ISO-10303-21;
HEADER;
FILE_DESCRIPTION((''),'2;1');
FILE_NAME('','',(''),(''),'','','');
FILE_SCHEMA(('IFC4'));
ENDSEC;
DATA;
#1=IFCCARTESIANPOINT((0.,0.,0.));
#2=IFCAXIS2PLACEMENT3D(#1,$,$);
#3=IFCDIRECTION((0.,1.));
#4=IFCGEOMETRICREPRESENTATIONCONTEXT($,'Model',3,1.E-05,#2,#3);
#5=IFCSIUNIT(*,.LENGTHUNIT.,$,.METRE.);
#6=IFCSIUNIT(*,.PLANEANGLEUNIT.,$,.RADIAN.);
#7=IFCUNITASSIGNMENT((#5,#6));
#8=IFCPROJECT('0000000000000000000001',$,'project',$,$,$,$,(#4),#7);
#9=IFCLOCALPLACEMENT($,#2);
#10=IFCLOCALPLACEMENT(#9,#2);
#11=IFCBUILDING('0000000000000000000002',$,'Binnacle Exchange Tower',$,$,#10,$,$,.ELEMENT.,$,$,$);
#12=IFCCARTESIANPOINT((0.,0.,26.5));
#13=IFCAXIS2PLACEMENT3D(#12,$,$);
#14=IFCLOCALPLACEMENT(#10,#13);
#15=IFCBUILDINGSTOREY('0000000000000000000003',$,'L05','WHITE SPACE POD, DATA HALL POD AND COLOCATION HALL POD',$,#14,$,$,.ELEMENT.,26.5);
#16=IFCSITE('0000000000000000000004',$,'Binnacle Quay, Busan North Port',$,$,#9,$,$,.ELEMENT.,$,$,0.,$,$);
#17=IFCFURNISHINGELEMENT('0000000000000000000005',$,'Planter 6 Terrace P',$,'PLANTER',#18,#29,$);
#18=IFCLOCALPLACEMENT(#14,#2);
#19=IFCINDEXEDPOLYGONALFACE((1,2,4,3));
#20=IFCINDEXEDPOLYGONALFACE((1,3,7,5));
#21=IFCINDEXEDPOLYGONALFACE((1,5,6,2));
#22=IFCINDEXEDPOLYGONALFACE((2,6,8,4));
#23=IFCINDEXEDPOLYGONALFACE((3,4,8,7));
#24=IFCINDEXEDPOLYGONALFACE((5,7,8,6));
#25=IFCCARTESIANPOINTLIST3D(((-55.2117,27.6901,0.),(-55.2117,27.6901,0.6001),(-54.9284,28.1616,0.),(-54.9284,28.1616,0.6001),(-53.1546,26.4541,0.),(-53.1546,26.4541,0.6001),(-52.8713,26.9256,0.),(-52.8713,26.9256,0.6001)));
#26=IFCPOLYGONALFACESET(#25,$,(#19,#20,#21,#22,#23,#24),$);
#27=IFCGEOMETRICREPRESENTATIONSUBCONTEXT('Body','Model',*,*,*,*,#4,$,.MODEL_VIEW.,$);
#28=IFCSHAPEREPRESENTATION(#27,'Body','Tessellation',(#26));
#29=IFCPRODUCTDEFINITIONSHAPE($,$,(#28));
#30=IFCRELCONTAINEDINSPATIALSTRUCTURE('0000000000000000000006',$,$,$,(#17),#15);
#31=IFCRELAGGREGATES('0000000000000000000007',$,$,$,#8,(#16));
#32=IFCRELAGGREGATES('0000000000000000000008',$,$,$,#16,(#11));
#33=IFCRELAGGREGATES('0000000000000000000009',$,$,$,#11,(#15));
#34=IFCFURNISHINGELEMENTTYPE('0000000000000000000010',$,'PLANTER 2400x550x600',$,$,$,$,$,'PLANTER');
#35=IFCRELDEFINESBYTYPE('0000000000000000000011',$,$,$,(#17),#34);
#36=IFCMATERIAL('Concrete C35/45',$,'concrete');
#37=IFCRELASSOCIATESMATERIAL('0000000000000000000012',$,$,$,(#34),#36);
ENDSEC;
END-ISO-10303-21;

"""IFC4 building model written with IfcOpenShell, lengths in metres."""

from ifc_helpers import new_model, si_unit, direction, frame, origin, origin_2d, place, context, subcontext, project, spatial, rectangle, extrude, material, type_object, element, save


model = new_model("IFC4")

# Units and contexts
model_context = context("Model", 3, precision=1e-05, world=origin(), true_north=direction((0.0, 1.0)))
body_context = subcontext(model_context, "Body", "Model", "MODEL_VIEW")
ifc_project = project(units=[si_unit("LENGTHUNIT", "METRE"), si_unit("PLANEANGLEUNIT", "RADIAN")], contexts=[model_context])

# Site, building, storey
site_placement = place(None, origin())
site = spatial("IfcSite", under=ifc_project, at=site_placement, Name="Binnacle Quay, Busan North Port", CompositionType="ELEMENT", RefElevation=0.0)
building_placement = place(site_placement, origin())
building = spatial("IfcBuilding", under=site, at=building_placement, Name="Binnacle Exchange Tower", CompositionType="ELEMENT")
storey_placement = place(building_placement, frame((0.0, 0.0, 26.5)))
storey = spatial("IfcBuildingStorey", under=building, at=storey_placement, Name="L05", Description="WHITE SPACE POD, DATA HALL POD AND COLOCATION HALL POD", CompositionType="ELEMENT", Elevation=26.5)

# Furnishing element
ifc_material_1 = material(Name="Concrete C35/45", Category="concrete")
furnishing_element_type = type_object("IfcFurnishingElementType", Name="PLANTER 2400x550x600", ElementType="PLANTER", material=ifc_material_1)
furnishing_placement = place(storey_placement, frame((-54.0415, 27.3079, 0.0), z_axis=(0.0, 0.0, 1.0), x_axis=(0.857166, -0.51504, 0.0)))
element("IfcFurnishingElement", 1, at=furnishing_placement, inside=storey, type_object=furnishing_element_type, Name="Planter 6 Terrace P", ObjectType="PLANTER", context=body_context, shape_type="SweptSolid", body=[
    extrude(rectangle(XDim=2.3999, YDim=0.55, at=origin_2d()), origin(), (0.0, 0.0, 1.0), 0.6001),
])

save(model, "model.ifc")
